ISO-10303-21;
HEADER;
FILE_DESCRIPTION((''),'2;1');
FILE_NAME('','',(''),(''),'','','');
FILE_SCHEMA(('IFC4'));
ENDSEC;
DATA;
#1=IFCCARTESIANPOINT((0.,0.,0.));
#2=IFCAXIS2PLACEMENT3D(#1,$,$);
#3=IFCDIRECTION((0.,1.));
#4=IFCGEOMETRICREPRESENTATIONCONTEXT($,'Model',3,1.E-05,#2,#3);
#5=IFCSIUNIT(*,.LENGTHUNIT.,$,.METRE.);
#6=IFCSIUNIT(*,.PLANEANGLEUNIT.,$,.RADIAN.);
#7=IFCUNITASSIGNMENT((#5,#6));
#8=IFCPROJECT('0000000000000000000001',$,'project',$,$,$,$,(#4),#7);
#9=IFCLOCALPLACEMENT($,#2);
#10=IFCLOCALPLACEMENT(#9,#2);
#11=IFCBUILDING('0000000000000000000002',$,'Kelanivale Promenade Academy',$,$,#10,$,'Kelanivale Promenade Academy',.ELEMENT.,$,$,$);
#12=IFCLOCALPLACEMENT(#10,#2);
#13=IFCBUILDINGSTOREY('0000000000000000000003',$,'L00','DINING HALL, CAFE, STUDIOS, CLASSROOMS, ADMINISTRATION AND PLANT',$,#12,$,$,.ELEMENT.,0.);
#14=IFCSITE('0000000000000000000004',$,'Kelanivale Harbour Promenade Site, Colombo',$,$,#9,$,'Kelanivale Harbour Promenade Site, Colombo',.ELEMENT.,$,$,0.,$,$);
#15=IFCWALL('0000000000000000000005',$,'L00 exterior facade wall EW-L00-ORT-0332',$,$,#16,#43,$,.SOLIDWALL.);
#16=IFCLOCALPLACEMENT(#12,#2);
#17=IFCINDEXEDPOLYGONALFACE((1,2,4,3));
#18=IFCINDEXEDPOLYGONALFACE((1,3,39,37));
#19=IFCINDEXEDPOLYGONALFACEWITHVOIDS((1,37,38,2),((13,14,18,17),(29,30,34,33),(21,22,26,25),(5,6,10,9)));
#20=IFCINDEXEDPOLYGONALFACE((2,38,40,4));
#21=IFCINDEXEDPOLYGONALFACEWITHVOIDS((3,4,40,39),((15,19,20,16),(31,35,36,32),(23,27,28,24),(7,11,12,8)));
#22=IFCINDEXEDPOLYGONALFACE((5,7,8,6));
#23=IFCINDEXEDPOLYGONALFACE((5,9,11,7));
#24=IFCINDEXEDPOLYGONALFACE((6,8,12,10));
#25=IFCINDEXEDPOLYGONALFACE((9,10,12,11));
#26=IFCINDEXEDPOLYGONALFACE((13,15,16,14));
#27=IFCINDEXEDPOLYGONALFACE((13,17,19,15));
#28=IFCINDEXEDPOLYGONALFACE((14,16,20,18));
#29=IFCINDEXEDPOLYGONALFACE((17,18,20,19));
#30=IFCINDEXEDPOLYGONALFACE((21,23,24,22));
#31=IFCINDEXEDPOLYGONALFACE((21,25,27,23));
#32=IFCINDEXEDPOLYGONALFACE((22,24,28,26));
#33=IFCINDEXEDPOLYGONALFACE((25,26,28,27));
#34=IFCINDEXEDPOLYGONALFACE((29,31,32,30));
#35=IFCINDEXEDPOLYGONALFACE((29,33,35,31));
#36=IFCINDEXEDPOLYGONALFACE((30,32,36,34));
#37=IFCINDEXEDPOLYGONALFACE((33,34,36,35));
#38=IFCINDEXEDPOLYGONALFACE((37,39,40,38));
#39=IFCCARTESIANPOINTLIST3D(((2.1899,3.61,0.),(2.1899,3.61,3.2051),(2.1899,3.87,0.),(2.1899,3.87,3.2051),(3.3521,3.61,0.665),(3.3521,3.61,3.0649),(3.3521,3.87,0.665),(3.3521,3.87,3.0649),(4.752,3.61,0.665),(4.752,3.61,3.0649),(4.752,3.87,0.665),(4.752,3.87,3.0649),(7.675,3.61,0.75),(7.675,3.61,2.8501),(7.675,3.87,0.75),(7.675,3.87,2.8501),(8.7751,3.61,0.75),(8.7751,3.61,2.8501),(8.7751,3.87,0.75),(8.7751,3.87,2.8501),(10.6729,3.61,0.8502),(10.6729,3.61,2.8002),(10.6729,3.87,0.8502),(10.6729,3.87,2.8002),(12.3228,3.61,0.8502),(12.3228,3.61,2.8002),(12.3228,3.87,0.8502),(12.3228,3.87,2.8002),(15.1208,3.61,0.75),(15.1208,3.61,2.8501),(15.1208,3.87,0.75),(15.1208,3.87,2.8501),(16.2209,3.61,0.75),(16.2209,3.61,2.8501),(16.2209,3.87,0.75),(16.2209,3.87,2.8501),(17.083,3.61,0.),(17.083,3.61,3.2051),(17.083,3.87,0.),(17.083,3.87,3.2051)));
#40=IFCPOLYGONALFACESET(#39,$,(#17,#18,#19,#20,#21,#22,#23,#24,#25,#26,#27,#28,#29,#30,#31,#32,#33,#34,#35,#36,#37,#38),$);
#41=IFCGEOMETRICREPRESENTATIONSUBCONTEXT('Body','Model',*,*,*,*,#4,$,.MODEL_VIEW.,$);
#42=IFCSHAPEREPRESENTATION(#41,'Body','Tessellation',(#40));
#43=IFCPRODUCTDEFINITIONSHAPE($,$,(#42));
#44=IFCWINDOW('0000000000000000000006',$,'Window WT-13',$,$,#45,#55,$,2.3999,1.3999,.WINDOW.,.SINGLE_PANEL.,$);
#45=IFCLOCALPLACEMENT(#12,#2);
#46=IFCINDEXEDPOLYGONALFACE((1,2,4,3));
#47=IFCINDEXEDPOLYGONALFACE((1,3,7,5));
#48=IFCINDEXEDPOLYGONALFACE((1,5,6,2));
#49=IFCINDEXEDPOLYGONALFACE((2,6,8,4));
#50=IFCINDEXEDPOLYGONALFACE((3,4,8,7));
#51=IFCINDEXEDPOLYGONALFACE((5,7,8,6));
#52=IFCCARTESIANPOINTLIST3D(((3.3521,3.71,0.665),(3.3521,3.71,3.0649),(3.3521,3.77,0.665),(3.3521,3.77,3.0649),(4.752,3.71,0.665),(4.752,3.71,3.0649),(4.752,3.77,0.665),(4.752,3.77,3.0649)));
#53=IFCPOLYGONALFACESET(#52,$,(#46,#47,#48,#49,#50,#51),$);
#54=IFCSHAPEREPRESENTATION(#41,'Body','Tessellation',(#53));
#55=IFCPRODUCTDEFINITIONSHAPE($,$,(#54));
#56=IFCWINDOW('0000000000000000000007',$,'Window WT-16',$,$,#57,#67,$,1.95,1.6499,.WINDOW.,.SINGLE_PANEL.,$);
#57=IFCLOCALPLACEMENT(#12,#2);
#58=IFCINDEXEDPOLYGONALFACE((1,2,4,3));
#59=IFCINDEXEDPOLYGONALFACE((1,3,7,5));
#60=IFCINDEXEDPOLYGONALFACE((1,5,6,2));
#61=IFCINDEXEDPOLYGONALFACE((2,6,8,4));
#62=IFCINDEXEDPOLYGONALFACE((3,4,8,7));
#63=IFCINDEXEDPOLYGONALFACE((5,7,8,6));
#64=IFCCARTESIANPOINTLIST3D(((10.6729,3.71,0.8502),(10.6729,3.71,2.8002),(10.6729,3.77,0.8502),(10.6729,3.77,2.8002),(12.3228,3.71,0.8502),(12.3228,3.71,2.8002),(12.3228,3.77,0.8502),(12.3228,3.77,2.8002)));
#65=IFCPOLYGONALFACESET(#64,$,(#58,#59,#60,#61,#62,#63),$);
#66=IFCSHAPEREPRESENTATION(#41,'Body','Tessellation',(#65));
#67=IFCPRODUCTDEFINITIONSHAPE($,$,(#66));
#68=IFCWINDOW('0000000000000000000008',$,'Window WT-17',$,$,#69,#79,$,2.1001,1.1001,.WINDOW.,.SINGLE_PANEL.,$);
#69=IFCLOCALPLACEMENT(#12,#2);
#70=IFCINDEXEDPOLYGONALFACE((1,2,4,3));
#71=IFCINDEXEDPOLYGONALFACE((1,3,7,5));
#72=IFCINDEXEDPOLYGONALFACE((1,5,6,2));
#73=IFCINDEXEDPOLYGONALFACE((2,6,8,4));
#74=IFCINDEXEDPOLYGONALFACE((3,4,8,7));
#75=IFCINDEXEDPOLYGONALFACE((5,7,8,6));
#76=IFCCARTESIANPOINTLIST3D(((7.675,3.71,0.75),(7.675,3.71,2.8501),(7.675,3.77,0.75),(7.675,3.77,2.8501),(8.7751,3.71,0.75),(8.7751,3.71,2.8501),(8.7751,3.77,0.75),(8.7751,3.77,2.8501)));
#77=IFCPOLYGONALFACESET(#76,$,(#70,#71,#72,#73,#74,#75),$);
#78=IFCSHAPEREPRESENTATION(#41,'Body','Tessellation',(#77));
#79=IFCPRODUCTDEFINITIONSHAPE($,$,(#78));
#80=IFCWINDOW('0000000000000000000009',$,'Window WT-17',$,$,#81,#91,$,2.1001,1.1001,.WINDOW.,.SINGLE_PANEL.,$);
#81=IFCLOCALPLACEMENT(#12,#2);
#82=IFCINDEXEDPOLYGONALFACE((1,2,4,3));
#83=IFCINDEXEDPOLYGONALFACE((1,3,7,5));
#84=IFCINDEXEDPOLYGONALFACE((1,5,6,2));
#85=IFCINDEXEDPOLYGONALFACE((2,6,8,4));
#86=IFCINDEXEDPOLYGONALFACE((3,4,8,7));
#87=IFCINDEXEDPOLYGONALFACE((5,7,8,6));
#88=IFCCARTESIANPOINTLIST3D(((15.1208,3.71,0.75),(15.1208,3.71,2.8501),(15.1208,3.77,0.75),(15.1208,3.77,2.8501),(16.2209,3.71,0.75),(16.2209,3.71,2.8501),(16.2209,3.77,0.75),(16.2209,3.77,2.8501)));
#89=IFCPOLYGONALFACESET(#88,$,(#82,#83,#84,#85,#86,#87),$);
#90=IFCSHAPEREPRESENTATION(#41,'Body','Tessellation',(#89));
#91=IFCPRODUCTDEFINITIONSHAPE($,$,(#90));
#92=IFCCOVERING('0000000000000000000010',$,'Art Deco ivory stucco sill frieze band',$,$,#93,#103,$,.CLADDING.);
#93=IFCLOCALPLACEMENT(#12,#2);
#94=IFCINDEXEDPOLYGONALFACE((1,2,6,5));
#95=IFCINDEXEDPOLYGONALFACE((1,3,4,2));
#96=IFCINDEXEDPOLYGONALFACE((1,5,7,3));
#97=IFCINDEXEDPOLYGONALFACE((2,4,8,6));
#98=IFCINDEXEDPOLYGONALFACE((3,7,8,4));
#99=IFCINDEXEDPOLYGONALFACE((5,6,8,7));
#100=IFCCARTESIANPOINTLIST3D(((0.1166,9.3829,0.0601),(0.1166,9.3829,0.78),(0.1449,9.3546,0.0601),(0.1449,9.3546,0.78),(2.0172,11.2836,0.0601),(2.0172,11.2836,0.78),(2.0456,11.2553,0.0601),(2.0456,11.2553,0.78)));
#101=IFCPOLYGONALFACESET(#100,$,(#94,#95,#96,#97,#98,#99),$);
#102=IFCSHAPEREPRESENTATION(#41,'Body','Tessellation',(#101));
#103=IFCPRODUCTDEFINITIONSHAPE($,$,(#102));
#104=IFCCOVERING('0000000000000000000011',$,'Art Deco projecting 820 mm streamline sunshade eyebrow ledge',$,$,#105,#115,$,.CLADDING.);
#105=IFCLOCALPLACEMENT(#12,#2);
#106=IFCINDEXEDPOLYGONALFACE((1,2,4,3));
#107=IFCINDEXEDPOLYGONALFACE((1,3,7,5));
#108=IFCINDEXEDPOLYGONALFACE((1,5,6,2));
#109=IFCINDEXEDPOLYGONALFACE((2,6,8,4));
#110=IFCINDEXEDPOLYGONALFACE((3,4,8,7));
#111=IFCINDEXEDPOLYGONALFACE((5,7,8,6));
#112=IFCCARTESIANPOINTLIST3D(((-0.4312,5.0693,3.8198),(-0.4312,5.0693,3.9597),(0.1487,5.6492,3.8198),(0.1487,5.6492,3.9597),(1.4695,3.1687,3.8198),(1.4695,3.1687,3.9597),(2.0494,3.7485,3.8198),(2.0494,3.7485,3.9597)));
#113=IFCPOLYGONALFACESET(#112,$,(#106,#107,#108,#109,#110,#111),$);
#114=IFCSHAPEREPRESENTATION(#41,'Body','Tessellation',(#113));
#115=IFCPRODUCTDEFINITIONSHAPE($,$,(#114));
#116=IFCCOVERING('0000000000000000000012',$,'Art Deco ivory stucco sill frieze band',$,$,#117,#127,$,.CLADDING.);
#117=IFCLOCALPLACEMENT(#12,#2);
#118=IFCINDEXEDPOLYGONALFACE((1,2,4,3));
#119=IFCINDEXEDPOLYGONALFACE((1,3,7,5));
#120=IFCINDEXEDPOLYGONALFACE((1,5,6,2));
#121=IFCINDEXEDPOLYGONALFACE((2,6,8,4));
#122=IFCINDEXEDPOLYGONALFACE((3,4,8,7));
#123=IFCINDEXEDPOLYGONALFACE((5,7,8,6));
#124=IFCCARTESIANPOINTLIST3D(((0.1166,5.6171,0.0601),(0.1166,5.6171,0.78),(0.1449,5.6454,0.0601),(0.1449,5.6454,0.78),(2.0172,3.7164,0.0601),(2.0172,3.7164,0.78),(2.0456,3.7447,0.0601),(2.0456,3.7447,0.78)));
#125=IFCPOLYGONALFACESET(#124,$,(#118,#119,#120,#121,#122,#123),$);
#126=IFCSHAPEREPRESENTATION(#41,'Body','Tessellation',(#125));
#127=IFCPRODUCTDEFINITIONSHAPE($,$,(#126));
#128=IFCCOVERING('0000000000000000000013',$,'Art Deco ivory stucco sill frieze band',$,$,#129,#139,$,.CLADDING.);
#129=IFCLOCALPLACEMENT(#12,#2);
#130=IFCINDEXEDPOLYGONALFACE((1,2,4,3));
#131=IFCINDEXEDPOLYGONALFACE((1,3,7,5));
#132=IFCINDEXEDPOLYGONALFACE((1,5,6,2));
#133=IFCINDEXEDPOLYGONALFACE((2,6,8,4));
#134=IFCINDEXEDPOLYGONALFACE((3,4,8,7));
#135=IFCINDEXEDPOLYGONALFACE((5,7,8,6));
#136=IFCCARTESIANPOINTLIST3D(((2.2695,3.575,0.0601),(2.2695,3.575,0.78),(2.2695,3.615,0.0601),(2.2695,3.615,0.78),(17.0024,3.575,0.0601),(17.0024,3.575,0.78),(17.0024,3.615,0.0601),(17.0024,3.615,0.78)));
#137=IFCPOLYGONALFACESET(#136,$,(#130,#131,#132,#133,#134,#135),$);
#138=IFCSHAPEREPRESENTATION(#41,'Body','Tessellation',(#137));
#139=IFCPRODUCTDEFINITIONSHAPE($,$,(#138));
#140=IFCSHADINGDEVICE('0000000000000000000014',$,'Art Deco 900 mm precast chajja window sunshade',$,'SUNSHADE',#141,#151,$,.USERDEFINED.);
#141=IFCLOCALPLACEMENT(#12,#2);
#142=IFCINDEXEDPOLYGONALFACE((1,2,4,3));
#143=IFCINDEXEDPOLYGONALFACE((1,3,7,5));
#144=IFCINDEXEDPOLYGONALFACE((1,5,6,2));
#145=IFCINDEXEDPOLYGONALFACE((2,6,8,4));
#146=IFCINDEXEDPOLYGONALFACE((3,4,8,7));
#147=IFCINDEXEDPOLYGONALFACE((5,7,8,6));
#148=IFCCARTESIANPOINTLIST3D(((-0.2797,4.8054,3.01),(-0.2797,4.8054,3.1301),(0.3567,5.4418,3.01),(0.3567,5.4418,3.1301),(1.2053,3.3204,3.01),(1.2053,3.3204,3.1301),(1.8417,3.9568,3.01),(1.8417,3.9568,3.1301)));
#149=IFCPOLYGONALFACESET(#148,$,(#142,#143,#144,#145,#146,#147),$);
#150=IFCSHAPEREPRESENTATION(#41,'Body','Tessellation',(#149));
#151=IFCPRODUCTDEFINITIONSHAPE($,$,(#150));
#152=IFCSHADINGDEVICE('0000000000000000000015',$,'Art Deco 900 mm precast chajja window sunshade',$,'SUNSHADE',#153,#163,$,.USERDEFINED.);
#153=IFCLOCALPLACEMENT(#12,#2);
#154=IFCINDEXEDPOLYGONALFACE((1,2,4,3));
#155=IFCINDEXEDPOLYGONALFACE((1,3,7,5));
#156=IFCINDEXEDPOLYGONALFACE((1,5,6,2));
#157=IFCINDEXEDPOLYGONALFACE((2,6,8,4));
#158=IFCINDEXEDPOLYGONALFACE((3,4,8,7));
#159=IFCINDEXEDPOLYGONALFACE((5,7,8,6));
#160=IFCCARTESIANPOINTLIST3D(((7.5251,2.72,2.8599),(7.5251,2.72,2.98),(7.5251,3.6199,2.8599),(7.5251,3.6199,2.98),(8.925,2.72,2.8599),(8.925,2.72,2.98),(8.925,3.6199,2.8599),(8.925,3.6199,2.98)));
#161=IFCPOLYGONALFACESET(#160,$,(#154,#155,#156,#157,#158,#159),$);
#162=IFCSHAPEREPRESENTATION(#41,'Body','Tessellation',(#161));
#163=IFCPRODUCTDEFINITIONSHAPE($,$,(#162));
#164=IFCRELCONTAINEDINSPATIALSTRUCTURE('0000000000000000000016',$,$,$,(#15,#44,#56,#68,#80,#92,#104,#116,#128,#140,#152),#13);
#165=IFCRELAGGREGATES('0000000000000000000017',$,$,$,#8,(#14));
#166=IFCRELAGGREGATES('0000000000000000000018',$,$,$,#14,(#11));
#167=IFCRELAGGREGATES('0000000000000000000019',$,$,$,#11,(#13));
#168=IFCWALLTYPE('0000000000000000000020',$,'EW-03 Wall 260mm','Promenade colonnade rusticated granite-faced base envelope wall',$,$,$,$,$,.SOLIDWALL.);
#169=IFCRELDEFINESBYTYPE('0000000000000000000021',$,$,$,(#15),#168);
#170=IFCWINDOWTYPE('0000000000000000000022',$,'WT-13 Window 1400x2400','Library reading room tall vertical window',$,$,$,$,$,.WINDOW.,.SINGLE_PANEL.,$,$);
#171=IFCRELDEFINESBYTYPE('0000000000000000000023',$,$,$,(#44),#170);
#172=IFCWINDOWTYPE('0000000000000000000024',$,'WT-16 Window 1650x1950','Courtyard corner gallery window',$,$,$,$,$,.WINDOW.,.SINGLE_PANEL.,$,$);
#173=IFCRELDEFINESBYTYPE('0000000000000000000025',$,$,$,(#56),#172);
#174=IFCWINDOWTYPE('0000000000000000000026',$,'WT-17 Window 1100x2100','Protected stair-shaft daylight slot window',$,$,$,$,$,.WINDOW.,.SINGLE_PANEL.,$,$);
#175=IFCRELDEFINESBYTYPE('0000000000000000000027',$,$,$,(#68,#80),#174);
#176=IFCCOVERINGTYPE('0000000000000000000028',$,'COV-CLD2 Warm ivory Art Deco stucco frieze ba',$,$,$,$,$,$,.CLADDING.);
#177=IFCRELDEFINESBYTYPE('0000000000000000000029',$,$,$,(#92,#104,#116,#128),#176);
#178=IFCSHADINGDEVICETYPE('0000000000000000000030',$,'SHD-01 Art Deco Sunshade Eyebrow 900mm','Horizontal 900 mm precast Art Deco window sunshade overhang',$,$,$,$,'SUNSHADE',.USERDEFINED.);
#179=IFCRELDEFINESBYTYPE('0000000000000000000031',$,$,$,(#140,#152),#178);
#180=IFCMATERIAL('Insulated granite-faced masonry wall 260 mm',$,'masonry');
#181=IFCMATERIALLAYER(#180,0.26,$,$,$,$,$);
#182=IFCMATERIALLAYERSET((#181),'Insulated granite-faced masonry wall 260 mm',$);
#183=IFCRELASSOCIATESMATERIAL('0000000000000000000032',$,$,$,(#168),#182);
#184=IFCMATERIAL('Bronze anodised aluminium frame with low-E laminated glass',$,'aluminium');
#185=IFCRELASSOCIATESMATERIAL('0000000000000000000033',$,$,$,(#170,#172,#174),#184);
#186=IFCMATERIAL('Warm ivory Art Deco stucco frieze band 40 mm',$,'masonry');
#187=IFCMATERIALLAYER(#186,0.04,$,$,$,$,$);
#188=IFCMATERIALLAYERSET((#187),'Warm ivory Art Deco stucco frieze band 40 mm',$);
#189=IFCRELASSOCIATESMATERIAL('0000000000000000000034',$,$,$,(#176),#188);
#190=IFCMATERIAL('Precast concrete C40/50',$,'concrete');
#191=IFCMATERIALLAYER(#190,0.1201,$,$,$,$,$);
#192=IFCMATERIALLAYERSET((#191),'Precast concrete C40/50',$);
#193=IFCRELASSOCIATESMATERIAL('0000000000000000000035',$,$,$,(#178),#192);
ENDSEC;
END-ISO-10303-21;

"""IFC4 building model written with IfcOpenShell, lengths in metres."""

from ifc_helpers import new_model, si_unit, direction, frame, frame_2d, origin, origin_2d, place, context, subcontext, project, spatial, rectangle, extrude, material, layer, layer_set, type_object, element, fill, save


model = new_model("IFC4")

# Units and contexts
model_context = context("Model", 3, precision=1e-05, world=origin(), true_north=direction((0.0, 1.0)))
body_context = subcontext(model_context, "Body", "Model", "MODEL_VIEW")
ifc_project = project(units=[si_unit("LENGTHUNIT", "METRE"), si_unit("PLANEANGLEUNIT", "RADIAN")], contexts=[model_context])

# Site, building, storey
site_placement = place(None, origin())
site = spatial("IfcSite", under=ifc_project, at=site_placement, Name="Kelanivale Harbour Promenade Site, Colombo", LongName="Kelanivale Harbour Promenade Site, Colombo", CompositionType="ELEMENT", RefElevation=0.0)
building_placement = place(site_placement, origin())
building = spatial("IfcBuilding", under=site, at=building_placement, Name="Kelanivale Promenade Academy", LongName="Kelanivale Promenade Academy", CompositionType="ELEMENT")
storey_placement = place(building_placement, origin())
storey = spatial("IfcBuildingStorey", under=building, at=storey_placement, Name="L00", Description="DINING HALL, CAFE, STUDIOS, CLASSROOMS, ADMINISTRATION AND PLANT", CompositionType="ELEMENT", Elevation=0.0)

# Shared definitions
ifc_material_1 = material(Name="Bronze anodised aluminium frame with low-E laminated glass", Category="aluminium")

# Wall, openings, windows
ifc_material_2 = material(Name="Insulated granite-faced masonry wall 260 mm", Category="masonry")
ifc_layer_1 = layer(ifc_material_2, 0.26)
ifc_layer_set_1 = layer_set([ifc_layer_1], Name="Insulated granite-faced masonry wall 260 mm")
wall_type_1 = type_object("IfcWallType", Name="EW-03 Wall 260mm", Description="Promenade colonnade rusticated granite-faced base envelope wall", PredefinedType="SOLIDWALL", material=ifc_layer_set_1)
wall_1_placement = place(storey_placement, frame((2.1899, 3.74, 0.0), z_axis=(0.0, 0.0, 1.0), x_axis=(1.0, 0.0, 0.0)))
wall_1 = element("IfcWall", 1, at=wall_1_placement, inside=storey, type_object=wall_type_1, Name="L00 exterior facade wall EW-L00-ORT-0332", PredefinedType="SOLIDWALL", context=body_context, shape_type="SweptSolid", body=[
    extrude(rectangle(XDim=14.8931, YDim=0.26, at=frame_2d((7.4465, 0.0))), origin(), (0.0, 0.0, 1.0), 3.2051),
])
opening_1_placement = place(wall_1_placement, frame((1.1621, 0.0, 0.665)))
opening_1 = element("IfcOpeningElement", 2, at=opening_1_placement, cuts=wall_1, PredefinedType="OPENING", context=body_context, shape_type="SweptSolid", body=[
    extrude(rectangle(XDim=1.3999, YDim=2.3999, at=frame_2d((0.7, 1.2))), frame((0.0, 0.1401, 0.0), z_axis=(0.0, -1.0, 0.0), x_axis=(1.0, 0.0, 0.0)), (0.0, 0.0, 1.0), 0.28),
])
opening_2_placement = place(wall_1_placement, frame((5.4851, 0.0, 0.75)))
opening_2 = element("IfcOpeningElement", 3, at=opening_2_placement, cuts=wall_1, PredefinedType="OPENING", context=body_context, shape_type="SweptSolid", body=[
    extrude(rectangle(XDim=1.1001, YDim=2.1001, at=frame_2d((0.55, 1.05))), frame((0.0, 0.1401, 0.0), z_axis=(0.0, -1.0, 0.0), x_axis=(1.0, 0.0, 0.0)), (0.0, 0.0, 1.0), 0.28),
])
opening_3_placement = place(wall_1_placement, frame((8.4829, 0.0, 0.8501)))
opening_3 = element("IfcOpeningElement", 4, at=opening_3_placement, cuts=wall_1, PredefinedType="OPENING", context=body_context, shape_type="SweptSolid", body=[
    extrude(rectangle(XDim=1.6499, YDim=1.95, at=frame_2d((0.825, 0.9751))), frame((0.0, 0.1401, 0.0), z_axis=(0.0, -1.0, 0.0), x_axis=(1.0, 0.0, 0.0)), (0.0, 0.0, 1.0), 0.28),
])
opening_4_placement = place(wall_1_placement, frame((12.9309, 0.0, 0.75)))
opening_4 = element("IfcOpeningElement", 5, at=opening_4_placement, cuts=wall_1, PredefinedType="OPENING", context=body_context, shape_type="SweptSolid", body=[
    extrude(rectangle(XDim=1.1001, YDim=2.1001, at=frame_2d((0.55, 1.05))), frame((0.0, 0.1401, 0.0), z_axis=(0.0, -1.0, 0.0), x_axis=(1.0, 0.0, 0.0)), (0.0, 0.0, 1.0), 0.28),
])
window_type_1 = type_object("IfcWindowType", Name="WT-13 Window 1400x2400", Description="Library reading room tall vertical window", PartitioningType="SINGLE_PANEL", PredefinedType="WINDOW", material=ifc_material_1)
window_1_placement = place(opening_1_placement, origin())
window_1 = element("IfcWindow", 6, at=window_1_placement, inside=storey, type_object=window_type_1, Name="Window WT-13", OverallHeight=2.3999, OverallWidth=1.3999, PartitioningType="SINGLE_PANEL", PredefinedType="WINDOW", context=body_context, shape_type="SweptSolid", body=[
    extrude(rectangle(XDim=1.3999, YDim=2.3999, at=frame_2d((0.7, 1.2))), frame((0.0, 0.03, 0.0), z_axis=(0.0, -1.0, 0.0), x_axis=(1.0, 0.0, 0.0)), (0.0, 0.0, 1.0), 0.0601),
])
fill(opening_1, window_1)
window_type_2 = type_object("IfcWindowType", Name="WT-16 Window 1650x1950", Description="Courtyard corner gallery window", PartitioningType="SINGLE_PANEL", PredefinedType="WINDOW", material=ifc_material_1)
window_2_placement = place(opening_3_placement, origin())
window_2 = element("IfcWindow", 7, at=window_2_placement, inside=storey, type_object=window_type_2, Name="Window WT-16", OverallHeight=1.95, OverallWidth=1.6499, PartitioningType="SINGLE_PANEL", PredefinedType="WINDOW", context=body_context, shape_type="SweptSolid", body=[
    extrude(rectangle(XDim=1.6499, YDim=1.95, at=frame_2d((0.825, 0.9751))), frame((0.0, 0.03, 0.0), z_axis=(0.0, -1.0, 0.0), x_axis=(1.0, 0.0, 0.0)), (0.0, 0.0, 1.0), 0.0601),
])
fill(opening_3, window_2)
window_type_3 = type_object("IfcWindowType", Name="WT-17 Window 1100x2100", Description="Protected stair-shaft daylight slot window", PartitioningType="SINGLE_PANEL", PredefinedType="WINDOW", material=ifc_material_1)
window_3_placement = place(opening_2_placement, origin())
window_3 = element("IfcWindow", 8, at=window_3_placement, inside=storey, type_object=window_type_3, Name="Window WT-17", OverallHeight=2.1001, OverallWidth=1.1001, PartitioningType="SINGLE_PANEL", PredefinedType="WINDOW", context=body_context, shape_type="SweptSolid", body=[
    extrude(rectangle(XDim=1.1001, YDim=2.1001, at=frame_2d((0.55, 1.05))), frame((0.0, 0.03, 0.0), z_axis=(0.0, -1.0, 0.0), x_axis=(1.0, 0.0, 0.0)), (0.0, 0.0, 1.0), 0.0601),
])
fill(opening_2, window_3)
window_4_placement = place(opening_4_placement, origin())
window_4 = element("IfcWindow", 9, at=window_4_placement, inside=storey, type_object=window_type_3, Name="Window WT-17", OverallHeight=2.1001, OverallWidth=1.1001, PartitioningType="SINGLE_PANEL", PredefinedType="WINDOW", context=body_context, shape_type="SweptSolid", body=[
    extrude(rectangle(XDim=1.1001, YDim=2.1001, at=frame_2d((0.55, 1.05))), frame((0.0, 0.03, 0.0), z_axis=(0.0, -1.0, 0.0), x_axis=(1.0, 0.0, 0.0)), (0.0, 0.0, 1.0), 0.0601),
])
fill(opening_4, window_4)

# Coverings
ifc_material_3 = material(Name="Warm ivory Art Deco stucco frieze band 40 mm", Category="masonry")
ifc_layer_2 = layer(ifc_material_3, 0.04)
ifc_layer_set_2 = layer_set([ifc_layer_2], Name="Warm ivory Art Deco stucco frieze band 40 mm")
covering_type = type_object("IfcCoveringType", Name="COV-CLD2 Warm ivory Art Deco stucco frieze ba", PredefinedType="CLADDING", material=ifc_layer_set_2)
covering_1_placement = place(storey_placement, frame((1.0811, 10.3191, 0.0601), z_axis=(0.0, 0.0, 1.0), x_axis=(-0.707107, -0.707107, 0.0)))
element("IfcCovering", 10, at=covering_1_placement, inside=storey, type_object=covering_type, Name="Art Deco ivory stucco sill frieze band", PredefinedType="CLADDING", context=body_context, shape_type="SweptSolid", body=[
    extrude(rectangle(XDim=2.688, YDim=0.04, at=origin_2d()), origin(), (0.0, 0.0, 1.0), 0.72),
])
covering_2_placement = place(storey_placement, frame((0.8091, 4.4089, 3.8198), z_axis=(0.0, 0.0, 1.0), x_axis=(0.707107, -0.707107, 0.0)))
element("IfcCovering", 11, at=covering_2_placement, inside=storey, type_object=covering_type, Name="Art Deco projecting 820 mm streamline sunshade eyebrow ledge", PredefinedType="CLADDING", context=body_context, shape_type="SweptSolid", body=[
    extrude(rectangle(XDim=2.688, YDim=0.8201, at=origin_2d()), origin(), (0.0, 0.0, 1.0), 0.1399),
])
covering_3_placement = place(storey_placement, frame((1.0811, 4.6809, 0.0601), z_axis=(0.0, 0.0, 1.0), x_axis=(0.707107, -0.707107, 0.0)))
element("IfcCovering", 12, at=covering_3_placement, inside=storey, type_object=covering_type, Name="Art Deco ivory stucco sill frieze band", PredefinedType="CLADDING", context=body_context, shape_type="SweptSolid", body=[
    extrude(rectangle(XDim=2.688, YDim=0.04, at=origin_2d()), origin(), (0.0, 0.0, 1.0), 0.72),
])
covering_4_placement = place(storey_placement, frame((9.636, 3.595, 0.0601), z_axis=(0.0, 0.0, 1.0), x_axis=(1.0, 0.0, 0.0)))
element("IfcCovering", 13, at=covering_4_placement, inside=storey, type_object=covering_type, Name="Art Deco ivory stucco sill frieze band", PredefinedType="CLADDING", context=body_context, shape_type="SweptSolid", body=[
    extrude(rectangle(XDim=14.7329, YDim=0.04, at=origin_2d()), origin(), (0.0, 0.0, 1.0), 0.72),
])

# Shading devices
ifc_material_4 = material(Name="Precast concrete C40/50", Category="concrete")
ifc_layer_3 = layer(ifc_material_4, 0.1201)
ifc_layer_set_3 = layer_set([ifc_layer_3], Name="Precast concrete C40/50")
shading_device_type = type_object("IfcShadingDeviceType", Name="SHD-01 Art Deco Sunshade Eyebrow 900mm", Description="Horizontal 900 mm precast Art Deco window sunshade overhang", ElementType="SUNSHADE", PredefinedType="USERDEFINED", material=ifc_layer_set_3)
shading_device_1_placement = place(storey_placement, frame((0.781, 4.3811, 3.01), z_axis=(0.0, 0.0, 1.0), x_axis=(0.707107, -0.707107, 0.0)))
element("IfcShadingDevice", 14, at=shading_device_1_placement, inside=storey, type_object=shading_device_type, Name="Art Deco 900 mm precast chajja window sunshade", ObjectType="SUNSHADE", PredefinedType="USERDEFINED", context=body_context, shape_type="SweptSolid", body=[
    extrude(rectangle(XDim=2.1001, YDim=0.8999, at=origin_2d()), origin(), (0.0, 0.0, 1.0), 0.1201),
])
shading_device_2_placement = place(storey_placement, frame((8.2251, 3.1699, 2.8599), z_axis=(0.0, 0.0, 1.0), x_axis=(1.0, 0.0, 0.0)))
element("IfcShadingDevice", 15, at=shading_device_2_placement, inside=storey, type_object=shading_device_type, Name="Art Deco 900 mm precast chajja window sunshade", ObjectType="SUNSHADE", PredefinedType="USERDEFINED", context=body_context, shape_type="SweptSolid", body=[
    extrude(rectangle(XDim=1.3999, YDim=0.8999, at=origin_2d()), origin(), (0.0, 0.0, 1.0), 0.1201),
])

save(model, "model.ifc")
